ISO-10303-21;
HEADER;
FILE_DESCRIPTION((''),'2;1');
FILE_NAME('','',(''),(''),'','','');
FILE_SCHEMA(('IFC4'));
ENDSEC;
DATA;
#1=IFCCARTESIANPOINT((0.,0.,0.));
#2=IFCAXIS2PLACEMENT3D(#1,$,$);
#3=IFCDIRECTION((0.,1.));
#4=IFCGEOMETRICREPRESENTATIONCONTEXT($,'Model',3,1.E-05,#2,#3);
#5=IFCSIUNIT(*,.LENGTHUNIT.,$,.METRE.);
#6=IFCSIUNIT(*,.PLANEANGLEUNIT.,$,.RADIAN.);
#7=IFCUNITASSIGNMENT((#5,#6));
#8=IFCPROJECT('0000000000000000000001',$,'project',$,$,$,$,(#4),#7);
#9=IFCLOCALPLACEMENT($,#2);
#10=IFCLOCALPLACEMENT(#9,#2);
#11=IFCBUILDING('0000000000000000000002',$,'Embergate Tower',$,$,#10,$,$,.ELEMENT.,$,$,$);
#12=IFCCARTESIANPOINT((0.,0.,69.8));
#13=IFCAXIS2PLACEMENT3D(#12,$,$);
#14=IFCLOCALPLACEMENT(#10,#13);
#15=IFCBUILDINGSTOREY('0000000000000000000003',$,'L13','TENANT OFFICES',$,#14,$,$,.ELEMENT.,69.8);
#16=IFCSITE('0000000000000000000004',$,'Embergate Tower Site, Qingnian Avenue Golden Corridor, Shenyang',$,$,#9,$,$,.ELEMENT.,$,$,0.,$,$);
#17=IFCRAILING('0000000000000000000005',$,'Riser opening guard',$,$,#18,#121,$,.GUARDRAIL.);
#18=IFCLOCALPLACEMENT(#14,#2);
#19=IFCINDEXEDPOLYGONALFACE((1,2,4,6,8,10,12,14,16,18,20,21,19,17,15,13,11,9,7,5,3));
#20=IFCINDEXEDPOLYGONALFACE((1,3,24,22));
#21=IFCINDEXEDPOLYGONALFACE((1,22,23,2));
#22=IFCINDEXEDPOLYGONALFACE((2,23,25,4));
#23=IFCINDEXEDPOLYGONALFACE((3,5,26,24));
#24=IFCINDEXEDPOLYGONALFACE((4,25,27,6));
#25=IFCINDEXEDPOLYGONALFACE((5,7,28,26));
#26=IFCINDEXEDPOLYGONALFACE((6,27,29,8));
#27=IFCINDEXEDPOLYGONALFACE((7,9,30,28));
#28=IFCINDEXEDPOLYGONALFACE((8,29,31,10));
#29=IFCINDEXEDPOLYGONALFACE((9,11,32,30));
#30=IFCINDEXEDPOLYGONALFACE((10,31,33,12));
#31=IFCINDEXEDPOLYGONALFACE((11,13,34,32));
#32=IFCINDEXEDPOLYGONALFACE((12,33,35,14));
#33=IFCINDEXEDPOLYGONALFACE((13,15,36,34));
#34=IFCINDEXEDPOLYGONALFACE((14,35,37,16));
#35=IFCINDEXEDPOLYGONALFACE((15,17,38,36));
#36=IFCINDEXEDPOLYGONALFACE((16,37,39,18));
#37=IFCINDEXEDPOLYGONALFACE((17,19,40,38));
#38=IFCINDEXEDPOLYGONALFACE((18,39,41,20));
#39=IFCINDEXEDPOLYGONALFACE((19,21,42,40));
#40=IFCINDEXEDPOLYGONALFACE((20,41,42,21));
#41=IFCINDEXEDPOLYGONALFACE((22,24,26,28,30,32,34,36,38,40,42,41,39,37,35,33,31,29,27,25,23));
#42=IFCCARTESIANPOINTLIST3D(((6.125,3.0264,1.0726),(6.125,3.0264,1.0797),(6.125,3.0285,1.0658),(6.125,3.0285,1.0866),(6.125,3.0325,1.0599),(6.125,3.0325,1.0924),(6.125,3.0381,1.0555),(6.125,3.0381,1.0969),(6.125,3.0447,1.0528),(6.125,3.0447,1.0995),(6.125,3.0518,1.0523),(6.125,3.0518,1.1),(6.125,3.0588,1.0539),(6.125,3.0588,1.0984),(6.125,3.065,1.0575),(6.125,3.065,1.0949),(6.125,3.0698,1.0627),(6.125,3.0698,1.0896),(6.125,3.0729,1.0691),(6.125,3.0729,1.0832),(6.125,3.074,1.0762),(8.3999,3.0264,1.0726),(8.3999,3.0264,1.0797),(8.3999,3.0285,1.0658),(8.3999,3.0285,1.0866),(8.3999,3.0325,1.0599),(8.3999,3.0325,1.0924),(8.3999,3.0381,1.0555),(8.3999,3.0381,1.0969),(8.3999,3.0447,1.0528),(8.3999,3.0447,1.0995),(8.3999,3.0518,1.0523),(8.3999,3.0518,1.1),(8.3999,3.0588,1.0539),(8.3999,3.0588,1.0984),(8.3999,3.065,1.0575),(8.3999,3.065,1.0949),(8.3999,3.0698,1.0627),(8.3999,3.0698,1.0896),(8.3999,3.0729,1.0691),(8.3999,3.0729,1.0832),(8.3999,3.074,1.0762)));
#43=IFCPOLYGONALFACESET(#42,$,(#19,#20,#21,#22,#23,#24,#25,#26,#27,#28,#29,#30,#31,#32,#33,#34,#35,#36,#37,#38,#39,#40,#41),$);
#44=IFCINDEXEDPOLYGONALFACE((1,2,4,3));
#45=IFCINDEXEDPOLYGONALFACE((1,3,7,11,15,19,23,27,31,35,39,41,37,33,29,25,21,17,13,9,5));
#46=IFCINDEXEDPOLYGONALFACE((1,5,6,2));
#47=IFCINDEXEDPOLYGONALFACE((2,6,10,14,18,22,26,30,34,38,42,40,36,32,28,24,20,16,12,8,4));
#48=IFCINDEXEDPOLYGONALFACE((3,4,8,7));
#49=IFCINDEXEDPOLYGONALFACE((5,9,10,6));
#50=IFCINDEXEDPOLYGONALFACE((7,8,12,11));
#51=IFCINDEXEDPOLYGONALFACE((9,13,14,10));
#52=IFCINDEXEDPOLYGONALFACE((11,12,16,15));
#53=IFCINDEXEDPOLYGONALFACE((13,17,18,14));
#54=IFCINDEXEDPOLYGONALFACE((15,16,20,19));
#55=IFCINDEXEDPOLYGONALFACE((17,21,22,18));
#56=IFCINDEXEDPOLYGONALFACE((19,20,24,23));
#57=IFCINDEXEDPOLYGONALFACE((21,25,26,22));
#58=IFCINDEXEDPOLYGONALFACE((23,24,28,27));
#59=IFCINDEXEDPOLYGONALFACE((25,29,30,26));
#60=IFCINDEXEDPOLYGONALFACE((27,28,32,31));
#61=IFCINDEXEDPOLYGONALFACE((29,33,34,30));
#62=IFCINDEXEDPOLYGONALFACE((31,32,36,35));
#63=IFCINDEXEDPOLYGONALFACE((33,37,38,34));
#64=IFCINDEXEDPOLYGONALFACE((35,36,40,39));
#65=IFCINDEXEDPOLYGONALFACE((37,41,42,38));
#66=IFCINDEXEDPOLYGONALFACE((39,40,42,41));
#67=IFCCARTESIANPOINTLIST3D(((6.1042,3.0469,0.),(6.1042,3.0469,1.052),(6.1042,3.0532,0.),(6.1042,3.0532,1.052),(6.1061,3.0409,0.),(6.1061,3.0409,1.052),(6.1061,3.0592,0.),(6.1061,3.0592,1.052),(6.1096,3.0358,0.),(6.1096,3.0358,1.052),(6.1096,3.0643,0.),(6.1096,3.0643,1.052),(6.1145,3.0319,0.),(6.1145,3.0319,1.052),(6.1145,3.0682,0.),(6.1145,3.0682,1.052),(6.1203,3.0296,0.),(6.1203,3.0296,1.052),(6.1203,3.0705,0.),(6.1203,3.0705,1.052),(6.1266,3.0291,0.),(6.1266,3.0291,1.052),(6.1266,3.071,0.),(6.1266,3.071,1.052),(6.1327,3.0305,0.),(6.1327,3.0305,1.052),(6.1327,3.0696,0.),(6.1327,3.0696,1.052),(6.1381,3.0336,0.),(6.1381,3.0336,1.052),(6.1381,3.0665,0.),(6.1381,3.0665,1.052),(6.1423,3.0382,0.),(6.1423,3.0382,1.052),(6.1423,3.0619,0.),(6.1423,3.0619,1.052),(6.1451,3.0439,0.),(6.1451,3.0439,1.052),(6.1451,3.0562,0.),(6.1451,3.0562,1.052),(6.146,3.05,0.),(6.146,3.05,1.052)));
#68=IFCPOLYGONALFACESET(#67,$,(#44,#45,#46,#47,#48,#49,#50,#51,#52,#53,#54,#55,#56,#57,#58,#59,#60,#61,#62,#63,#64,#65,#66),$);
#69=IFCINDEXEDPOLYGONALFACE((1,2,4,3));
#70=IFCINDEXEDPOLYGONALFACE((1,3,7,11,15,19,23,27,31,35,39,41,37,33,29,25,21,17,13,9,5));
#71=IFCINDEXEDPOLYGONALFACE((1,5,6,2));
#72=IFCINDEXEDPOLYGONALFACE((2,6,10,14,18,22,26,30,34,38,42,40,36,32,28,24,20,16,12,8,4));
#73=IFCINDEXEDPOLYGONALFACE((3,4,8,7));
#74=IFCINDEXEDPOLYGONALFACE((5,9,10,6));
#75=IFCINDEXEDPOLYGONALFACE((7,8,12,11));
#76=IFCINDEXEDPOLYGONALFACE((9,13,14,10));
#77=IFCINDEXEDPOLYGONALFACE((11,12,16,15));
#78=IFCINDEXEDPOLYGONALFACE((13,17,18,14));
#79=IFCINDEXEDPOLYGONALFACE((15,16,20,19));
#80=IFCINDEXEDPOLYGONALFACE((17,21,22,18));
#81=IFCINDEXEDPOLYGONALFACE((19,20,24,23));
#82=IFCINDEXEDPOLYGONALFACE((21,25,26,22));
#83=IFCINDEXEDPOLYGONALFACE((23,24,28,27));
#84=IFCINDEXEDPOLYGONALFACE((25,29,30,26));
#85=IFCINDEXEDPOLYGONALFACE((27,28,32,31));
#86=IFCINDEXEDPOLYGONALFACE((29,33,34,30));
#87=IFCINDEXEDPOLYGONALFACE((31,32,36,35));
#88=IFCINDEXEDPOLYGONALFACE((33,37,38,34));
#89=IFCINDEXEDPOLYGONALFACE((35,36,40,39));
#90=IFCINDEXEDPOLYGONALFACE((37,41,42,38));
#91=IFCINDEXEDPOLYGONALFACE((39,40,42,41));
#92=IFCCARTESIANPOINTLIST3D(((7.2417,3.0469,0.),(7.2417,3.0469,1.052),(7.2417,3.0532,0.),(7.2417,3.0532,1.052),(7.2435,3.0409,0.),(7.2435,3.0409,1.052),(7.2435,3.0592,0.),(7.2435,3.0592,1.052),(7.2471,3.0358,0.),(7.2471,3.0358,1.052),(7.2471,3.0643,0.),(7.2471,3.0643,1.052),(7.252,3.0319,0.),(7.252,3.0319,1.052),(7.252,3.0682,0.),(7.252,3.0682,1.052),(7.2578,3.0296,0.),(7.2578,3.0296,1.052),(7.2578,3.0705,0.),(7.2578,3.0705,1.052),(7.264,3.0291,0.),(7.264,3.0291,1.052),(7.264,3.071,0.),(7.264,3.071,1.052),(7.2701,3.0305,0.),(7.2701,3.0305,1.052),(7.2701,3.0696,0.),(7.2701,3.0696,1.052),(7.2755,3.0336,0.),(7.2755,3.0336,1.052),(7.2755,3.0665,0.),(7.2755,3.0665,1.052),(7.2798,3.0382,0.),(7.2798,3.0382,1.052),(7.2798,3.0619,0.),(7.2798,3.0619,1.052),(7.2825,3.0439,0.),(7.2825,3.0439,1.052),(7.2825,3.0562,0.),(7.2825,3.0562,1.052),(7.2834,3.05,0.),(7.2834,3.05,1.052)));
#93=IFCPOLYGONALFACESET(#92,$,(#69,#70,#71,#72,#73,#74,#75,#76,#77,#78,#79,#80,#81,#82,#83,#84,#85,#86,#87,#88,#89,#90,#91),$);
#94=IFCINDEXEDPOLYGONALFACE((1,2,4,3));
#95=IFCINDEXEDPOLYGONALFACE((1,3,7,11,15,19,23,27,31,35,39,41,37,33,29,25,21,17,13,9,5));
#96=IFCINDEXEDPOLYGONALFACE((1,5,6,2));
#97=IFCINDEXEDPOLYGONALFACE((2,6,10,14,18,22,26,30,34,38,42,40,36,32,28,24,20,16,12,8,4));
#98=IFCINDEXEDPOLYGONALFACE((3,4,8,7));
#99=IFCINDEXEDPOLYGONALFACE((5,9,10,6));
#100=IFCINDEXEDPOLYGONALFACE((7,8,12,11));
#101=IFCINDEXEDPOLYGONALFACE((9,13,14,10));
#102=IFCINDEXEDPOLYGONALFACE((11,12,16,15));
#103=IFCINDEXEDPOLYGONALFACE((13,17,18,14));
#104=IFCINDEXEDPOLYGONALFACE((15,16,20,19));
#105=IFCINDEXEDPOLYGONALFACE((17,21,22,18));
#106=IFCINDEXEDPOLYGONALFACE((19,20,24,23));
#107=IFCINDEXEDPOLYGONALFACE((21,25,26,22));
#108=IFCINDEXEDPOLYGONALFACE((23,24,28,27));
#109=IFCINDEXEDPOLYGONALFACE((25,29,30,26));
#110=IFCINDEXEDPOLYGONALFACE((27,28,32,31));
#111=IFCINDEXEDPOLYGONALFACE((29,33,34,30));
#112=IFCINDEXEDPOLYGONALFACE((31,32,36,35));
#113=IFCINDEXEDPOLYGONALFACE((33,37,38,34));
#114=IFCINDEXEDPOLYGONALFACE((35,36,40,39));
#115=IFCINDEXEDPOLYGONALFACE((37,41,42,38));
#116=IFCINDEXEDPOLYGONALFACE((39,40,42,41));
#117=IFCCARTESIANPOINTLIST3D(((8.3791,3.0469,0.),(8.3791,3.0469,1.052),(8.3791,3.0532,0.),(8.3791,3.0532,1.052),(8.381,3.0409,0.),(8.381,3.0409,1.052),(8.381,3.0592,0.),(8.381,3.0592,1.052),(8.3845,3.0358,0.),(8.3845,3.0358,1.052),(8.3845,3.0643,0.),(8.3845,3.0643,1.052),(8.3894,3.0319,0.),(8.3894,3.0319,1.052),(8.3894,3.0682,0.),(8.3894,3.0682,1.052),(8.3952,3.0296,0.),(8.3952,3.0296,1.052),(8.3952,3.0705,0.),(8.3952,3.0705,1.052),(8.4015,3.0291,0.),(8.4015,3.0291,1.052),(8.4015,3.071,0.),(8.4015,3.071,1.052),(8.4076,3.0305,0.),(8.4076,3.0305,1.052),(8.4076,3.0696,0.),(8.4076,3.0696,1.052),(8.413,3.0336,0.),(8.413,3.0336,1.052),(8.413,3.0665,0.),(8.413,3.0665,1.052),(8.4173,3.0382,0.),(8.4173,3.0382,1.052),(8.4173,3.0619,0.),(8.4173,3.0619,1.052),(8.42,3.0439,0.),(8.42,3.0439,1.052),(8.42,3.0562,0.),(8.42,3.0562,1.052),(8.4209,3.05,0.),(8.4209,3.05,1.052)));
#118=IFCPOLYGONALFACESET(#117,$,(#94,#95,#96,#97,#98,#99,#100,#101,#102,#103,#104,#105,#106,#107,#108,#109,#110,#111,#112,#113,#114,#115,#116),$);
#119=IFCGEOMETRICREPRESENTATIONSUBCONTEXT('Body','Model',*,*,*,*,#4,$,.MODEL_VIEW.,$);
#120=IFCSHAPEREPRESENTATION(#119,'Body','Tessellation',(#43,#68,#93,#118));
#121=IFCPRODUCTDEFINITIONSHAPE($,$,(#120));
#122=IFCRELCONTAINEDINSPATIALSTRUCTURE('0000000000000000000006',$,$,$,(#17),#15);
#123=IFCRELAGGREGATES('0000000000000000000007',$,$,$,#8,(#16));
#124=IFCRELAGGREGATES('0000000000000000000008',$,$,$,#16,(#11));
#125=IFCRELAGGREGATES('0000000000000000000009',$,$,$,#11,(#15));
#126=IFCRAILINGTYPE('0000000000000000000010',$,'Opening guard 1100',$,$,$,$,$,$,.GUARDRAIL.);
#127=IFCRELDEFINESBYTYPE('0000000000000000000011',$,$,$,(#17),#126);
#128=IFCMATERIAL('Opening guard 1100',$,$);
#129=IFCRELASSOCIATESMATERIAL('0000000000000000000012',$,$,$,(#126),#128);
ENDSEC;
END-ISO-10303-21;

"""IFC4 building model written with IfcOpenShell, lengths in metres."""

from ifc_helpers import new_model, si_unit, direction, frame, origin, origin_2d, place, context, subcontext, project, spatial, circle, extrude, source, transform, mapped, material, type_object, element, save


model = new_model("IFC4")

# Units and contexts
model_context = context("Model", 3, precision=1e-05, world=origin(), true_north=direction((0.0, 1.0)))
body_context = subcontext(model_context, "Body", "Model", "MODEL_VIEW")
ifc_project = project(units=[si_unit("LENGTHUNIT", "METRE"), si_unit("PLANEANGLEUNIT", "RADIAN")], contexts=[model_context])

# Site, building, storey
site_placement = place(None, origin())
site = spatial("IfcSite", under=ifc_project, at=site_placement, Name="Embergate Tower Site, Qingnian Avenue Golden Corridor, Shenyang", CompositionType="ELEMENT", RefElevation=0.0)
building_placement = place(site_placement, origin())
building = spatial("IfcBuilding", under=site, at=building_placement, Name="Embergate Tower", CompositionType="ELEMENT")
storey_placement = place(building_placement, frame((0.0, 0.0, 69.8)))
storey = spatial("IfcBuildingStorey", under=building, at=storey_placement, Name="L13", Description="TENANT OFFICES", CompositionType="ELEMENT", Elevation=69.8)

# Railing
ifc_material_1 = material(Name="Opening guard 1100")
railing_type = type_object("IfcRailingType", Name="Opening guard 1100", PredefinedType="GUARDRAIL", material=ifc_material_1)
shared_shape_1 = source(origin(), body_context, "Body", "SweptSolid", [
    extrude(circle(Radius=0.0239, at=origin_2d()), frame((0.0, 0.0, 1.0762), z_axis=(1.0, 0.0, 0.0), x_axis=(0.0, 1.0, 0.0)), (0.0, 0.0, 1.0), 2.2749),
    extrude(circle(Radius=0.021, at=origin_2d()), origin(), (0.0, 0.0, 1.0), 1.052),
    extrude(circle(Radius=0.021, at=origin_2d()), frame((1.1375, 0.0, 0.0)), (0.0, 0.0, 1.0), 1.052),
    extrude(circle(Radius=0.021, at=origin_2d()), frame((2.2749, 0.0, 0.0)), (0.0, 0.0, 1.0), 1.052),
])
railing_placement = place(storey_placement, frame((6.125, 3.05, 0.0)))
element("IfcRailing", 1, at=railing_placement, inside=storey, type_object=railing_type, Name="Riser opening guard", PredefinedType="GUARDRAIL", context=body_context, shape_type="MappedRepresentation", body=[
    mapped(shared_shape_1, transform((0.0, 0.0, 0.0))),
])

save(model, "model.ifc")
